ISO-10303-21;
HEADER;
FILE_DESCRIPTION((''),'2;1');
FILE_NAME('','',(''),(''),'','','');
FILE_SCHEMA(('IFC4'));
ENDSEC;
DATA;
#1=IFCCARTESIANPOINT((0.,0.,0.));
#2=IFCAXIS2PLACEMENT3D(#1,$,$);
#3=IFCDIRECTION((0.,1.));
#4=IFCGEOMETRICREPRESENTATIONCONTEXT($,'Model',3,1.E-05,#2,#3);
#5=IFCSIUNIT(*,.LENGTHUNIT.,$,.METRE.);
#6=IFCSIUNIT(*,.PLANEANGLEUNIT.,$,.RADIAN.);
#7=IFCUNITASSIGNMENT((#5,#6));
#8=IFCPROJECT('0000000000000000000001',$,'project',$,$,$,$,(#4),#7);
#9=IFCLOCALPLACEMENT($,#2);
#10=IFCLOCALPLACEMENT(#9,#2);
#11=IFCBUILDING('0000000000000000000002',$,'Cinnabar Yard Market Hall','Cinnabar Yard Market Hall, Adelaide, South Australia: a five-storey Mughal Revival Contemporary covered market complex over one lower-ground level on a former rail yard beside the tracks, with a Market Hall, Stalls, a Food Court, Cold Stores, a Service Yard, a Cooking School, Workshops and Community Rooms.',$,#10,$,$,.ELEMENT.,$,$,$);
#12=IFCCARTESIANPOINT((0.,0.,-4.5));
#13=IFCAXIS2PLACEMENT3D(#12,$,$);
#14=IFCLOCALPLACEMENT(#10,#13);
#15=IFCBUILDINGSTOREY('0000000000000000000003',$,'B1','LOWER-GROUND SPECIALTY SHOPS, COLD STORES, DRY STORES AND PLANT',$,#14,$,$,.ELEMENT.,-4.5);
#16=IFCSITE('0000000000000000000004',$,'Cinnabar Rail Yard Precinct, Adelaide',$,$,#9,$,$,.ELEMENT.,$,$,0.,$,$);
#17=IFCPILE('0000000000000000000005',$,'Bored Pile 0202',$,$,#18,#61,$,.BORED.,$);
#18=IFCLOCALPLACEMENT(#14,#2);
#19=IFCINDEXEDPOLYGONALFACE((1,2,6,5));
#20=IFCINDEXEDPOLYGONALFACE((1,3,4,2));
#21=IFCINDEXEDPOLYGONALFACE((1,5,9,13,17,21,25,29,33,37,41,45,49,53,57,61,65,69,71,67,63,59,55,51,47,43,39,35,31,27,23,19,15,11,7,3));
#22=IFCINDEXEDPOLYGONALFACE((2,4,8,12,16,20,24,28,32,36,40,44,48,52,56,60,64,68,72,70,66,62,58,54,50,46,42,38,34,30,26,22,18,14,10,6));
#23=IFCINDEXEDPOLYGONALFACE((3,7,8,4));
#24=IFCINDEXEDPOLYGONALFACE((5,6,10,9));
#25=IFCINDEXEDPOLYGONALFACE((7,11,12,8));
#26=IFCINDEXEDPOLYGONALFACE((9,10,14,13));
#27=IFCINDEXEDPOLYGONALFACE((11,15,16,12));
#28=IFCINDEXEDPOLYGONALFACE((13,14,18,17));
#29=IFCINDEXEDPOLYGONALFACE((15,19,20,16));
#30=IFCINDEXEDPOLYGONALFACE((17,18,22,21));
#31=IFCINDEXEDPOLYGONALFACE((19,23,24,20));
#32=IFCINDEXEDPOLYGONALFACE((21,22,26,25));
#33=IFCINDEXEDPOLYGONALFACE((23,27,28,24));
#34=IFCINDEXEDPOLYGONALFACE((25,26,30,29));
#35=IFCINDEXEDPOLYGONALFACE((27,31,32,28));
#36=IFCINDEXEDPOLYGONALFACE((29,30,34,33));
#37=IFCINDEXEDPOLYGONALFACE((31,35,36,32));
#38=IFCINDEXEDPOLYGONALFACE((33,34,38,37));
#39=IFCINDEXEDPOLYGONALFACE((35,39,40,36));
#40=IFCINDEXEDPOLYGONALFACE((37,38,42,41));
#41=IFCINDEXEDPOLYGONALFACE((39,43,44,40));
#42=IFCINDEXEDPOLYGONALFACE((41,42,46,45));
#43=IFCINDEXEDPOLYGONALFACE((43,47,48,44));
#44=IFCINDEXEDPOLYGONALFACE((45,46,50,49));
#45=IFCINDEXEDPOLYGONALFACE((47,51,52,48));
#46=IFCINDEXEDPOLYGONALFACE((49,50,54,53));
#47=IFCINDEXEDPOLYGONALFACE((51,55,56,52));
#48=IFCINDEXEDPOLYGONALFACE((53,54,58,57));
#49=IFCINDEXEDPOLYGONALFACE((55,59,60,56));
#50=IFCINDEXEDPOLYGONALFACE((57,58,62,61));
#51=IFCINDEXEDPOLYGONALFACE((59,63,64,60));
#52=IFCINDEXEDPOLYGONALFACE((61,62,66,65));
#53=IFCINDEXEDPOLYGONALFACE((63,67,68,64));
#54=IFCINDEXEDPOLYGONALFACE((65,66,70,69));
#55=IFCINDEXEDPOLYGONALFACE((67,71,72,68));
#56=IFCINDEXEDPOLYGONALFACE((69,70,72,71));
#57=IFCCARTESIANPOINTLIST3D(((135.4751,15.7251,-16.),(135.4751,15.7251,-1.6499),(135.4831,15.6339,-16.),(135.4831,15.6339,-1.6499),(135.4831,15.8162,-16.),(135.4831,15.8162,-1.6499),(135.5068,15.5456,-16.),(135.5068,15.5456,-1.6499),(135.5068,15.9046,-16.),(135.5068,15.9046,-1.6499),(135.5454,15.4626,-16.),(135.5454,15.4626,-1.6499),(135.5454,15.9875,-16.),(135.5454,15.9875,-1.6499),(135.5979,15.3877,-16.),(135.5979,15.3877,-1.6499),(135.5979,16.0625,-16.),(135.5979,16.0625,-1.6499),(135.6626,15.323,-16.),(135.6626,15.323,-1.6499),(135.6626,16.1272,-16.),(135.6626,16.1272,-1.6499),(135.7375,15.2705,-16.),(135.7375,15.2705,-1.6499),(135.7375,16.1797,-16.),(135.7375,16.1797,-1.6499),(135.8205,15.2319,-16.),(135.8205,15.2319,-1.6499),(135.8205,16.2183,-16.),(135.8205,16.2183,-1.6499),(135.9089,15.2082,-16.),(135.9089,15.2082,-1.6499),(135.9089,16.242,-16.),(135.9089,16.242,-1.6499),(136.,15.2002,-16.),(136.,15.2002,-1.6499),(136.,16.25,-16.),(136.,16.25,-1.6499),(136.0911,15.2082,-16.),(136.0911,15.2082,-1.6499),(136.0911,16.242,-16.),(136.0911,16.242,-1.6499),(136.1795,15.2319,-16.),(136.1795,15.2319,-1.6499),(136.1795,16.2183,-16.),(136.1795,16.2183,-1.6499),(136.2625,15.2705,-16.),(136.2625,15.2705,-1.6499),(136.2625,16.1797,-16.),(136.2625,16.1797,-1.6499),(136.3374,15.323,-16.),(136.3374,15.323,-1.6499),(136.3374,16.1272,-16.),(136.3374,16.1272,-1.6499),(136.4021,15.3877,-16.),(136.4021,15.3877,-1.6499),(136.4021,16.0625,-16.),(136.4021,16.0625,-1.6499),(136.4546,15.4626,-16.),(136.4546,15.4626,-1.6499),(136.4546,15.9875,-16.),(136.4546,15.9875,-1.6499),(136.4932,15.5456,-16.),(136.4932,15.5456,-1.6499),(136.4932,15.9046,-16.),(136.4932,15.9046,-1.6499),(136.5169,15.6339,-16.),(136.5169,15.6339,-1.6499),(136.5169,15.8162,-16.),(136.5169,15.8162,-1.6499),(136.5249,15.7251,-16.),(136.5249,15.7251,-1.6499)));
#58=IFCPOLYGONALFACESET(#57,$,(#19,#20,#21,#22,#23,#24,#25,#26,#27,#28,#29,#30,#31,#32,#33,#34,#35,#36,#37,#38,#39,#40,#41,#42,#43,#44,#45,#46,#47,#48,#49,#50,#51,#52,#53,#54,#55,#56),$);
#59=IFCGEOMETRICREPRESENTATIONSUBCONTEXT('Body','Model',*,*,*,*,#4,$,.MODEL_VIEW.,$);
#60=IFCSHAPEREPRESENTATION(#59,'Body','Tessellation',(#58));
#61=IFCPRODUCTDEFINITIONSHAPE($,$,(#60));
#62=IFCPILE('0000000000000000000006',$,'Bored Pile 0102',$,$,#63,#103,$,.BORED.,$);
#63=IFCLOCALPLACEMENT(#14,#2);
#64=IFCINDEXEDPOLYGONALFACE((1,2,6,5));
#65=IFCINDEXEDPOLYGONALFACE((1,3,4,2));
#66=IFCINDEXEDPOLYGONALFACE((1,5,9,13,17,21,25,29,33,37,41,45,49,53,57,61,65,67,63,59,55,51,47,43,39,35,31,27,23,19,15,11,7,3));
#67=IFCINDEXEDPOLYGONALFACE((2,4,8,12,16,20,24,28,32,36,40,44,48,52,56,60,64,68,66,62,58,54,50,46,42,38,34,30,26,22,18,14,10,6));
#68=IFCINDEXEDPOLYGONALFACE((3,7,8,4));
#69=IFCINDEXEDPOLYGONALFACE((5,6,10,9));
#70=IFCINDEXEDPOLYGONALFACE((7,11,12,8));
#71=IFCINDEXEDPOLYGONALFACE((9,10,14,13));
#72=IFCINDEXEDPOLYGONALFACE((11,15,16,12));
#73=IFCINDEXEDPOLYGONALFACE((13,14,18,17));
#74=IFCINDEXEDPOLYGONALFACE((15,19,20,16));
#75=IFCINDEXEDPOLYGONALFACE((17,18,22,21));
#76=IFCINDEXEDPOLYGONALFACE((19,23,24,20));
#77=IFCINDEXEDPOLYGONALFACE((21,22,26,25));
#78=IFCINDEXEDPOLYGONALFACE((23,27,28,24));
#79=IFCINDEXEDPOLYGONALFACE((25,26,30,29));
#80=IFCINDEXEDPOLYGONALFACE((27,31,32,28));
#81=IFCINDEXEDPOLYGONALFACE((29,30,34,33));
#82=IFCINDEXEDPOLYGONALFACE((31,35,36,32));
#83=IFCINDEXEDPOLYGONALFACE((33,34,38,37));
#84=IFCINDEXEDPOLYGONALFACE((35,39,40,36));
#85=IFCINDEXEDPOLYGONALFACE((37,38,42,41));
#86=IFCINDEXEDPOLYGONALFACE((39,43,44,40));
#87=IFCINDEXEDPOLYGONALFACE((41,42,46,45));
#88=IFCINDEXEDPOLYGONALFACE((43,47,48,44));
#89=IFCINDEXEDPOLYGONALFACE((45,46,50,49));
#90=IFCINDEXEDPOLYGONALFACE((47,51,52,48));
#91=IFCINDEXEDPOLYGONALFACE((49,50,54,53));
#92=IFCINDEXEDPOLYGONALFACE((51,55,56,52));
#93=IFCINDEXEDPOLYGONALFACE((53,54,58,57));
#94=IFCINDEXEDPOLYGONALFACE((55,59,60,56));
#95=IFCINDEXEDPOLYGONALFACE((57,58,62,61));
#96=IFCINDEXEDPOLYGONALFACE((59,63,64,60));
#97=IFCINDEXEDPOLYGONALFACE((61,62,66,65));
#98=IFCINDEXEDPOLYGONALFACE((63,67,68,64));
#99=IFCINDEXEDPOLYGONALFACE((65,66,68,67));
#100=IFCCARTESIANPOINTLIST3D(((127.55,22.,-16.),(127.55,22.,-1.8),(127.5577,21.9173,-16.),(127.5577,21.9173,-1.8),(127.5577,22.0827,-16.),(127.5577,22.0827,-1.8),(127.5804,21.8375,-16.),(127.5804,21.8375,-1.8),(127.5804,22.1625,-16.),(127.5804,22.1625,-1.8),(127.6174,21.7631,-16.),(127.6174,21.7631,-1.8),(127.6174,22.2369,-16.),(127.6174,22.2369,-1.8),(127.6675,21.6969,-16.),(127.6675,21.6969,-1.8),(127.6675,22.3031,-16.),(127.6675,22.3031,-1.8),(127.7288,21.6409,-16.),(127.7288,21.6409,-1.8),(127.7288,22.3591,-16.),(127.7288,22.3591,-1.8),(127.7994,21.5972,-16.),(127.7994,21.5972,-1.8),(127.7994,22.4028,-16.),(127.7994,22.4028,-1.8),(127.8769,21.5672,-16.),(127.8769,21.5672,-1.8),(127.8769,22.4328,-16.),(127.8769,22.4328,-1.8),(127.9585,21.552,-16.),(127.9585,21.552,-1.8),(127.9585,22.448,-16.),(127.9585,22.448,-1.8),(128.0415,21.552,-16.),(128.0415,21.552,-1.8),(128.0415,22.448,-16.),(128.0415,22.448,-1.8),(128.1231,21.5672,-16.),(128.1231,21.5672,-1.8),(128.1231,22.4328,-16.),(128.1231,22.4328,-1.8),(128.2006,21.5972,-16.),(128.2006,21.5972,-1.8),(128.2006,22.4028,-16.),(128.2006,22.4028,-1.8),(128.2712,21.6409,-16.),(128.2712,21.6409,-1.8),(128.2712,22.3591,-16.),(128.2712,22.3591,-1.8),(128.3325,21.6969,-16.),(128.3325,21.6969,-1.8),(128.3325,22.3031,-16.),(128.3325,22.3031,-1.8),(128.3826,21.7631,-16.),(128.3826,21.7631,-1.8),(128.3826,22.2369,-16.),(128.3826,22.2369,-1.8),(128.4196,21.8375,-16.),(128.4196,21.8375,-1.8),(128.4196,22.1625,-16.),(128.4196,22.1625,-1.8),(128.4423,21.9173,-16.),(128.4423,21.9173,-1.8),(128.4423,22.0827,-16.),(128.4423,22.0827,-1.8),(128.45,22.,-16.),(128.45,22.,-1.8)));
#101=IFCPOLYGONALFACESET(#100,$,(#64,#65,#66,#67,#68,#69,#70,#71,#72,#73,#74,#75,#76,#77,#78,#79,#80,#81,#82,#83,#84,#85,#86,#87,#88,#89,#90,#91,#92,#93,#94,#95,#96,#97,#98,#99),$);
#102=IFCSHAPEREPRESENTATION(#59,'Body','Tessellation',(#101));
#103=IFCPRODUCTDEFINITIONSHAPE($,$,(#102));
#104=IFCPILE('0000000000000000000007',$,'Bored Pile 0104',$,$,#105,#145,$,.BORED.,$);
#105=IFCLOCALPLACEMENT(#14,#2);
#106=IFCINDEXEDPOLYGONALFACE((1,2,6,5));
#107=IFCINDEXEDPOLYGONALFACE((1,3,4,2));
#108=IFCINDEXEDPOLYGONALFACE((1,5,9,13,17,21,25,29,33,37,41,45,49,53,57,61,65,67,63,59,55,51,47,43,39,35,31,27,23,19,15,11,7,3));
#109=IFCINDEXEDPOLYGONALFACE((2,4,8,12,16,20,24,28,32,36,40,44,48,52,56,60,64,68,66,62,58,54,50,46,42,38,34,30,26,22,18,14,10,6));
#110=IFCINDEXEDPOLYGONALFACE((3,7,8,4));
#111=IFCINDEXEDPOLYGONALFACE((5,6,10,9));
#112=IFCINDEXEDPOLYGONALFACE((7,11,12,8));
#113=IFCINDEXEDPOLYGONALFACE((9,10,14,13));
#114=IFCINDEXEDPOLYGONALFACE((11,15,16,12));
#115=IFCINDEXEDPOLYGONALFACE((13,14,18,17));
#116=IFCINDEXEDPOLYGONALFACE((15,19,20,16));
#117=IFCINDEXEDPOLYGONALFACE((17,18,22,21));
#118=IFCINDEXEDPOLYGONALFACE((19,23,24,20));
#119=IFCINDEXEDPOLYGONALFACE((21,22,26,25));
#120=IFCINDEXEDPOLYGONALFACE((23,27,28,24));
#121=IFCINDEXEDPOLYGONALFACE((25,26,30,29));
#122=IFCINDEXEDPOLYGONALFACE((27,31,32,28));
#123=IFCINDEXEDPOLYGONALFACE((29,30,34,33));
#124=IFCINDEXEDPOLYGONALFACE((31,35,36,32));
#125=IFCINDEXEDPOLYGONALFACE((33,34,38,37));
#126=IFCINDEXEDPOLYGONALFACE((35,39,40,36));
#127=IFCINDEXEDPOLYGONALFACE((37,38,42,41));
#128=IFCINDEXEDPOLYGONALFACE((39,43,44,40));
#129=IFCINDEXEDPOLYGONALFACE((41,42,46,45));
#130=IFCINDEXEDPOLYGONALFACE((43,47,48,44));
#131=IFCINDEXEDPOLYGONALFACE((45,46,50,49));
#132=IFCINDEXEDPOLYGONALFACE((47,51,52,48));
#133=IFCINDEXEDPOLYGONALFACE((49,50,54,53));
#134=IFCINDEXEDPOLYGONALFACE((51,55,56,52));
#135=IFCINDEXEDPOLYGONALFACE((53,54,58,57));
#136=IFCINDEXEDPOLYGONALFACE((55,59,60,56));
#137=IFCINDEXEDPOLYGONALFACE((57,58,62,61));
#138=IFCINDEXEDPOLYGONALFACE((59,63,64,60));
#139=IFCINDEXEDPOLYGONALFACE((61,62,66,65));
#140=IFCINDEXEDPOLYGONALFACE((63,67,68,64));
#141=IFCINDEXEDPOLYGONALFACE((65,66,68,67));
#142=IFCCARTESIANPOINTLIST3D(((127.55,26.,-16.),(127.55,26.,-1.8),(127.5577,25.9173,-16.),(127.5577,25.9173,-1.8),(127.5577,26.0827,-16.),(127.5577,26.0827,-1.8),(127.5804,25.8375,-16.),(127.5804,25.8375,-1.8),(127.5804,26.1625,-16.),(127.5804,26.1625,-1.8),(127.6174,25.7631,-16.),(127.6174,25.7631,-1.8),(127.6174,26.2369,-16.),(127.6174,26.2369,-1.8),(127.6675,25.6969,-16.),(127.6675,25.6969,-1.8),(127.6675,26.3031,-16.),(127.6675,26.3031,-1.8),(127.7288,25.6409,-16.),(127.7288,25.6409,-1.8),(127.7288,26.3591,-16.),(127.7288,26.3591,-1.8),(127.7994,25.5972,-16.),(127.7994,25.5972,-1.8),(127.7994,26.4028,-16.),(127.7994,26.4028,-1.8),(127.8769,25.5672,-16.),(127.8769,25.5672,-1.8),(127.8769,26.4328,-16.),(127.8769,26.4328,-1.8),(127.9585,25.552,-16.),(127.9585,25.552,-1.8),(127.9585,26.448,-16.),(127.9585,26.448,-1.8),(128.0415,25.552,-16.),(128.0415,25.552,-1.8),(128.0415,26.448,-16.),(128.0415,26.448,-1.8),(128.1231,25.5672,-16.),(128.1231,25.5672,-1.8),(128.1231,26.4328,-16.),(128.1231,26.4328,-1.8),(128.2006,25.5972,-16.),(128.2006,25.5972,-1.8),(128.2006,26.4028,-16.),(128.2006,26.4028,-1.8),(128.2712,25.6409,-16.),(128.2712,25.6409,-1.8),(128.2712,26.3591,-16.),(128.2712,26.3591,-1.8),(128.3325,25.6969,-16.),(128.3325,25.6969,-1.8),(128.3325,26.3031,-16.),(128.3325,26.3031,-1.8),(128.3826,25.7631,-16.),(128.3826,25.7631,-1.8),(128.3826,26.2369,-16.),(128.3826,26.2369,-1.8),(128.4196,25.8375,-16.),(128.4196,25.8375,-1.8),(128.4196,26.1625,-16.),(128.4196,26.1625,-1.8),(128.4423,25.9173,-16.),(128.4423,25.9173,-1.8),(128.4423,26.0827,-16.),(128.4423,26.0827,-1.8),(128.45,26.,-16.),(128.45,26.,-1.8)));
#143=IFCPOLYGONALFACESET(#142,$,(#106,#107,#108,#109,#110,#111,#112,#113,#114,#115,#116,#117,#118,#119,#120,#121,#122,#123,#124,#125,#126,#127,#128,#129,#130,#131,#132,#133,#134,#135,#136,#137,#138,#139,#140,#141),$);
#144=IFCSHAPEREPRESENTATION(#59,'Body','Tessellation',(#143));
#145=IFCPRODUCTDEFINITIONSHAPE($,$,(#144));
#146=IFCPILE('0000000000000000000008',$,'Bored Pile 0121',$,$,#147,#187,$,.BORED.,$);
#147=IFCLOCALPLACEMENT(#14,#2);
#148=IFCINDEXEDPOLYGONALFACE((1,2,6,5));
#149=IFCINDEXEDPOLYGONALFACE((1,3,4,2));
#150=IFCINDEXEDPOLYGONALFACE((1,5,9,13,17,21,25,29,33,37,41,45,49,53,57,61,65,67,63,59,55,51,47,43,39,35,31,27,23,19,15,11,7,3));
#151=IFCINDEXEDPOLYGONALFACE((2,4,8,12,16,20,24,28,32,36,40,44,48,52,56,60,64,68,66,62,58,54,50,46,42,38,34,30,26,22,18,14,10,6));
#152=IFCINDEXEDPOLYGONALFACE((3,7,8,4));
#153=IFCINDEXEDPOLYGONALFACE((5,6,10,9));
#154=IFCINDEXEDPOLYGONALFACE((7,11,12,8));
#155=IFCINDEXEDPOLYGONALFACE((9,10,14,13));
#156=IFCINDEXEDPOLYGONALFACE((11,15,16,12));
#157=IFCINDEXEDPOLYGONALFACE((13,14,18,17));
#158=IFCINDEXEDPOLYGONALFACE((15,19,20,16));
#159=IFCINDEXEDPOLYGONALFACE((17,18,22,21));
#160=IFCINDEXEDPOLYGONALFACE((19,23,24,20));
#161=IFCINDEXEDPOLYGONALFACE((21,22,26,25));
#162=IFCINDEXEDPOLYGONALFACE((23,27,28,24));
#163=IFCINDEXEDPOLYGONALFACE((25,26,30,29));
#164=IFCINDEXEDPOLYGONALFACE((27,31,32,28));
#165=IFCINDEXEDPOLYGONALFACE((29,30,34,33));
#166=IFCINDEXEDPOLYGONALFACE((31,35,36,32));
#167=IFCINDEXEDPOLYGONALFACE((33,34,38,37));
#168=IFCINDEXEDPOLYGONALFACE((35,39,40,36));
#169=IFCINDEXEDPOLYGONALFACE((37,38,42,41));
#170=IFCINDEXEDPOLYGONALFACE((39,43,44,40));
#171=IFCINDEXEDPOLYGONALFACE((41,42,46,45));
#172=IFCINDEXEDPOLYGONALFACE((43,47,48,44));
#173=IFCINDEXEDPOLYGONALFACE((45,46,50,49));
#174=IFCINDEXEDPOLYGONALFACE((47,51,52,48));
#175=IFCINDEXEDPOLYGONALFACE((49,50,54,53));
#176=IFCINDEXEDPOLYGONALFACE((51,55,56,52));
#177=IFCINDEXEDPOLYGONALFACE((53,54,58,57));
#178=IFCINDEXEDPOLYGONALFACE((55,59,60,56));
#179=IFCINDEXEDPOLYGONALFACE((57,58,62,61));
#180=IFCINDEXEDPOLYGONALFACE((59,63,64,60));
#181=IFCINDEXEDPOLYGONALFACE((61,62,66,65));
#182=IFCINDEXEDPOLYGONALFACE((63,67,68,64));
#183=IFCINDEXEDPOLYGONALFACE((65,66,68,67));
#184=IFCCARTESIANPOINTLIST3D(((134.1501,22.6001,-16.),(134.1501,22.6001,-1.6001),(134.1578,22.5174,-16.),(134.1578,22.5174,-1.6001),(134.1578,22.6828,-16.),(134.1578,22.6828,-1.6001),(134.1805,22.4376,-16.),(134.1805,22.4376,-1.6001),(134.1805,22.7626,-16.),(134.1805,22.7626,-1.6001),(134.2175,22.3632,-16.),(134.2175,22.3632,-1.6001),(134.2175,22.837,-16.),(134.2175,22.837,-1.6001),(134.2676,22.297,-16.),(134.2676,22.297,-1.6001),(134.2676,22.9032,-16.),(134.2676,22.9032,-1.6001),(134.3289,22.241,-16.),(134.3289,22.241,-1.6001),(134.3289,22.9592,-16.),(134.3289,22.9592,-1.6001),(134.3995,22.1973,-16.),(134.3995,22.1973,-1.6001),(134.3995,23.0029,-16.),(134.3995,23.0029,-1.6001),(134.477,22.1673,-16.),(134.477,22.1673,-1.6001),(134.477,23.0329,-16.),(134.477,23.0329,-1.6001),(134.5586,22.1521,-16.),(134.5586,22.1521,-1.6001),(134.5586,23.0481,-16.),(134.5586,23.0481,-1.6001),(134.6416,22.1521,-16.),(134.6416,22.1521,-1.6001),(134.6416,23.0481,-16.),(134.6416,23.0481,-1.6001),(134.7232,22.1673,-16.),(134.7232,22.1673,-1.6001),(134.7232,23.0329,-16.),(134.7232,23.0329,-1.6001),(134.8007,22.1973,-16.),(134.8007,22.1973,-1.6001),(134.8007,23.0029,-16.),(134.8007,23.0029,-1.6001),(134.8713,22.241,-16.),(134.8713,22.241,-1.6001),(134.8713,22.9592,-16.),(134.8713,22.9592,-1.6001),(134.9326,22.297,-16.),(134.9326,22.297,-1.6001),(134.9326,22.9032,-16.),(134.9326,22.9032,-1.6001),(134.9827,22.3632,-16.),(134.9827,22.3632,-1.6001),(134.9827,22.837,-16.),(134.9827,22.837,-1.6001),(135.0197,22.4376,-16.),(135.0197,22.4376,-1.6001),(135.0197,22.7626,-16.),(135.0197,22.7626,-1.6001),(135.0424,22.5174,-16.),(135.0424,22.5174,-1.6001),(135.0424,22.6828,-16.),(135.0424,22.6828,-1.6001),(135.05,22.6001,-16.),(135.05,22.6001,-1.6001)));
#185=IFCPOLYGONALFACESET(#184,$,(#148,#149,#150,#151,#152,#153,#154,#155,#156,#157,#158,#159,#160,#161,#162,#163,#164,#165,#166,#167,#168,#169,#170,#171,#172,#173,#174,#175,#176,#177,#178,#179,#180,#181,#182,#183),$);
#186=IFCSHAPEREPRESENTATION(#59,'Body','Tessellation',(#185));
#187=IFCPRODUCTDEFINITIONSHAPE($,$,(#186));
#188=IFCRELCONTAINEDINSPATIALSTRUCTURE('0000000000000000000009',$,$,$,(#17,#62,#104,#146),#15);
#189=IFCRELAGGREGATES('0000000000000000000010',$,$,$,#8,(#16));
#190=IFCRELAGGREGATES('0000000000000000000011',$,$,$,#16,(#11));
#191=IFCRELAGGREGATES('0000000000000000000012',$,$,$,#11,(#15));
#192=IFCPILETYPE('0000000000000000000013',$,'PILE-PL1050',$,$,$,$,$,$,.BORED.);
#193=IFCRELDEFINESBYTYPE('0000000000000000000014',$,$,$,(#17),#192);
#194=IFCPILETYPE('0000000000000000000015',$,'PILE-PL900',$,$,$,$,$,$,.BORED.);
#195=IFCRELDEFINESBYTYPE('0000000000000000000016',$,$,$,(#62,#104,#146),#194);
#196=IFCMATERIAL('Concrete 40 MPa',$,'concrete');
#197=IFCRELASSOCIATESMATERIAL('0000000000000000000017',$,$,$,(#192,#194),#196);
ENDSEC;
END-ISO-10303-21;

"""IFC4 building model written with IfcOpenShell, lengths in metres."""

from ifc_helpers import new_model, si_unit, direction, frame, origin, origin_2d_with_axis, place, context, subcontext, project, spatial, circle, extrude, material, material_profile, profile_set, type_object, element, save


model = new_model("IFC4")

# Units and contexts
model_context = context("Model", 3, precision=1e-05, world=origin(), true_north=direction((0.0, 1.0)))
body_context = subcontext(model_context, "Body", "Model", "MODEL_VIEW")
ifc_project = project(units=[si_unit("LENGTHUNIT", "METRE"), si_unit("PLANEANGLEUNIT", "RADIAN")], contexts=[model_context])

# Site, building, storey
site_placement = place(None, origin())
site = spatial("IfcSite", under=ifc_project, at=site_placement, Name="Cinnabar Rail Yard Precinct, Adelaide", CompositionType="ELEMENT", RefElevation=0.0)
building_placement = place(site_placement, origin())
building = spatial("IfcBuilding", under=site, at=building_placement, Name="Cinnabar Yard Market Hall", Description="Cinnabar Yard Market Hall, Adelaide, South Australia: a five-storey Mughal Revival Contemporary covered market complex over one lower-ground level on a former rail yard beside the tracks, with a Market Hall, Stalls, a Food Court, Cold Stores, a Service Yard, a Cooking School, Workshops and Community Rooms.", CompositionType="ELEMENT")
storey_placement = place(building_placement, frame((0.0, 0.0, -4.5)))
storey = spatial("IfcBuildingStorey", under=building, at=storey_placement, Name="B1", Description="LOWER-GROUND SPECIALTY SHOPS, COLD STORES, DRY STORES AND PLANT", CompositionType="ELEMENT", Elevation=-4.5)

# Shared definitions
ifc_material_1 = material(Name="Concrete 40 MPa", Category="concrete")

# Piles
ifc_material_profile_1 = material_profile(ifc_material_1, circle(Radius=0.5249, at=origin_2d_with_axis()), Name="PILE-D1050")
ifc_profile_set_1 = profile_set([ifc_material_profile_1], Name="Concrete 40 MPa")
pile_type_1 = type_object("IfcPileType", Name="PILE-PL1050", PredefinedType="BORED", material=ifc_profile_set_1)
for number, where, z_axis, x_axis, name in (
    (1, (136.0, 15.7251, -1.6499), (0.0, 0.0, -1.0), (1.0, 0.0, 0.0), "Bored Pile 0202"),
):
    element("IfcPile", number, at=place(storey_placement, frame(where, z_axis=z_axis, x_axis=x_axis)), inside=storey, type_object=pile_type_1, Name=name, PredefinedType="BORED", context=body_context, shape_type="SweptSolid", body=[
        extrude(circle(Radius=0.5249, at=origin_2d_with_axis()), origin(), (0.0, 0.0, 1.0), 14.3501),
    ])
ifc_material_profile_2 = material_profile(ifc_material_1, circle(Radius=0.45, at=origin_2d_with_axis()), Name="PILE-D900")
ifc_profile_set_2 = profile_set([ifc_material_profile_2], Name="Concrete 40 MPa")
pile_type_2 = type_object("IfcPileType", Name="PILE-PL900", PredefinedType="BORED", material=ifc_profile_set_2)
for number, where, z_axis, x_axis, name in (
    (2, (128.0, 22.0, -1.8), (0.0, 0.0, -1.0), (1.0, 0.0, 0.0), "Bored Pile 0102"),
    (3, (128.0, 26.0, -1.8), (0.0, 0.0, -1.0), (1.0, 0.0, 0.0), "Bored Pile 0104"),
):
    element("IfcPile", number, at=place(storey_placement, frame(where, z_axis=z_axis, x_axis=x_axis)), inside=storey, type_object=pile_type_2, Name=name, PredefinedType="BORED", context=body_context, shape_type="SweptSolid", body=[
        extrude(circle(Radius=0.45, at=origin_2d_with_axis()), origin(), (0.0, 0.0, 1.0), 14.2),
    ])
for number, where, z_axis, x_axis, name in (
    (4, (134.6001, 22.6001, -1.6001), (0.0, 0.0, -1.0), (1.0, 0.0, 0.0), "Bored Pile 0121"),
):
    element("IfcPile", number, at=place(storey_placement, frame(where, z_axis=z_axis, x_axis=x_axis)), inside=storey, type_object=pile_type_2, Name=name, PredefinedType="BORED", context=body_context, shape_type="SweptSolid", body=[
        extrude(circle(Radius=0.45, at=origin_2d_with_axis()), origin(), (0.0, 0.0, 1.0), 14.3999),
    ])

save(model, "model.ifc")
